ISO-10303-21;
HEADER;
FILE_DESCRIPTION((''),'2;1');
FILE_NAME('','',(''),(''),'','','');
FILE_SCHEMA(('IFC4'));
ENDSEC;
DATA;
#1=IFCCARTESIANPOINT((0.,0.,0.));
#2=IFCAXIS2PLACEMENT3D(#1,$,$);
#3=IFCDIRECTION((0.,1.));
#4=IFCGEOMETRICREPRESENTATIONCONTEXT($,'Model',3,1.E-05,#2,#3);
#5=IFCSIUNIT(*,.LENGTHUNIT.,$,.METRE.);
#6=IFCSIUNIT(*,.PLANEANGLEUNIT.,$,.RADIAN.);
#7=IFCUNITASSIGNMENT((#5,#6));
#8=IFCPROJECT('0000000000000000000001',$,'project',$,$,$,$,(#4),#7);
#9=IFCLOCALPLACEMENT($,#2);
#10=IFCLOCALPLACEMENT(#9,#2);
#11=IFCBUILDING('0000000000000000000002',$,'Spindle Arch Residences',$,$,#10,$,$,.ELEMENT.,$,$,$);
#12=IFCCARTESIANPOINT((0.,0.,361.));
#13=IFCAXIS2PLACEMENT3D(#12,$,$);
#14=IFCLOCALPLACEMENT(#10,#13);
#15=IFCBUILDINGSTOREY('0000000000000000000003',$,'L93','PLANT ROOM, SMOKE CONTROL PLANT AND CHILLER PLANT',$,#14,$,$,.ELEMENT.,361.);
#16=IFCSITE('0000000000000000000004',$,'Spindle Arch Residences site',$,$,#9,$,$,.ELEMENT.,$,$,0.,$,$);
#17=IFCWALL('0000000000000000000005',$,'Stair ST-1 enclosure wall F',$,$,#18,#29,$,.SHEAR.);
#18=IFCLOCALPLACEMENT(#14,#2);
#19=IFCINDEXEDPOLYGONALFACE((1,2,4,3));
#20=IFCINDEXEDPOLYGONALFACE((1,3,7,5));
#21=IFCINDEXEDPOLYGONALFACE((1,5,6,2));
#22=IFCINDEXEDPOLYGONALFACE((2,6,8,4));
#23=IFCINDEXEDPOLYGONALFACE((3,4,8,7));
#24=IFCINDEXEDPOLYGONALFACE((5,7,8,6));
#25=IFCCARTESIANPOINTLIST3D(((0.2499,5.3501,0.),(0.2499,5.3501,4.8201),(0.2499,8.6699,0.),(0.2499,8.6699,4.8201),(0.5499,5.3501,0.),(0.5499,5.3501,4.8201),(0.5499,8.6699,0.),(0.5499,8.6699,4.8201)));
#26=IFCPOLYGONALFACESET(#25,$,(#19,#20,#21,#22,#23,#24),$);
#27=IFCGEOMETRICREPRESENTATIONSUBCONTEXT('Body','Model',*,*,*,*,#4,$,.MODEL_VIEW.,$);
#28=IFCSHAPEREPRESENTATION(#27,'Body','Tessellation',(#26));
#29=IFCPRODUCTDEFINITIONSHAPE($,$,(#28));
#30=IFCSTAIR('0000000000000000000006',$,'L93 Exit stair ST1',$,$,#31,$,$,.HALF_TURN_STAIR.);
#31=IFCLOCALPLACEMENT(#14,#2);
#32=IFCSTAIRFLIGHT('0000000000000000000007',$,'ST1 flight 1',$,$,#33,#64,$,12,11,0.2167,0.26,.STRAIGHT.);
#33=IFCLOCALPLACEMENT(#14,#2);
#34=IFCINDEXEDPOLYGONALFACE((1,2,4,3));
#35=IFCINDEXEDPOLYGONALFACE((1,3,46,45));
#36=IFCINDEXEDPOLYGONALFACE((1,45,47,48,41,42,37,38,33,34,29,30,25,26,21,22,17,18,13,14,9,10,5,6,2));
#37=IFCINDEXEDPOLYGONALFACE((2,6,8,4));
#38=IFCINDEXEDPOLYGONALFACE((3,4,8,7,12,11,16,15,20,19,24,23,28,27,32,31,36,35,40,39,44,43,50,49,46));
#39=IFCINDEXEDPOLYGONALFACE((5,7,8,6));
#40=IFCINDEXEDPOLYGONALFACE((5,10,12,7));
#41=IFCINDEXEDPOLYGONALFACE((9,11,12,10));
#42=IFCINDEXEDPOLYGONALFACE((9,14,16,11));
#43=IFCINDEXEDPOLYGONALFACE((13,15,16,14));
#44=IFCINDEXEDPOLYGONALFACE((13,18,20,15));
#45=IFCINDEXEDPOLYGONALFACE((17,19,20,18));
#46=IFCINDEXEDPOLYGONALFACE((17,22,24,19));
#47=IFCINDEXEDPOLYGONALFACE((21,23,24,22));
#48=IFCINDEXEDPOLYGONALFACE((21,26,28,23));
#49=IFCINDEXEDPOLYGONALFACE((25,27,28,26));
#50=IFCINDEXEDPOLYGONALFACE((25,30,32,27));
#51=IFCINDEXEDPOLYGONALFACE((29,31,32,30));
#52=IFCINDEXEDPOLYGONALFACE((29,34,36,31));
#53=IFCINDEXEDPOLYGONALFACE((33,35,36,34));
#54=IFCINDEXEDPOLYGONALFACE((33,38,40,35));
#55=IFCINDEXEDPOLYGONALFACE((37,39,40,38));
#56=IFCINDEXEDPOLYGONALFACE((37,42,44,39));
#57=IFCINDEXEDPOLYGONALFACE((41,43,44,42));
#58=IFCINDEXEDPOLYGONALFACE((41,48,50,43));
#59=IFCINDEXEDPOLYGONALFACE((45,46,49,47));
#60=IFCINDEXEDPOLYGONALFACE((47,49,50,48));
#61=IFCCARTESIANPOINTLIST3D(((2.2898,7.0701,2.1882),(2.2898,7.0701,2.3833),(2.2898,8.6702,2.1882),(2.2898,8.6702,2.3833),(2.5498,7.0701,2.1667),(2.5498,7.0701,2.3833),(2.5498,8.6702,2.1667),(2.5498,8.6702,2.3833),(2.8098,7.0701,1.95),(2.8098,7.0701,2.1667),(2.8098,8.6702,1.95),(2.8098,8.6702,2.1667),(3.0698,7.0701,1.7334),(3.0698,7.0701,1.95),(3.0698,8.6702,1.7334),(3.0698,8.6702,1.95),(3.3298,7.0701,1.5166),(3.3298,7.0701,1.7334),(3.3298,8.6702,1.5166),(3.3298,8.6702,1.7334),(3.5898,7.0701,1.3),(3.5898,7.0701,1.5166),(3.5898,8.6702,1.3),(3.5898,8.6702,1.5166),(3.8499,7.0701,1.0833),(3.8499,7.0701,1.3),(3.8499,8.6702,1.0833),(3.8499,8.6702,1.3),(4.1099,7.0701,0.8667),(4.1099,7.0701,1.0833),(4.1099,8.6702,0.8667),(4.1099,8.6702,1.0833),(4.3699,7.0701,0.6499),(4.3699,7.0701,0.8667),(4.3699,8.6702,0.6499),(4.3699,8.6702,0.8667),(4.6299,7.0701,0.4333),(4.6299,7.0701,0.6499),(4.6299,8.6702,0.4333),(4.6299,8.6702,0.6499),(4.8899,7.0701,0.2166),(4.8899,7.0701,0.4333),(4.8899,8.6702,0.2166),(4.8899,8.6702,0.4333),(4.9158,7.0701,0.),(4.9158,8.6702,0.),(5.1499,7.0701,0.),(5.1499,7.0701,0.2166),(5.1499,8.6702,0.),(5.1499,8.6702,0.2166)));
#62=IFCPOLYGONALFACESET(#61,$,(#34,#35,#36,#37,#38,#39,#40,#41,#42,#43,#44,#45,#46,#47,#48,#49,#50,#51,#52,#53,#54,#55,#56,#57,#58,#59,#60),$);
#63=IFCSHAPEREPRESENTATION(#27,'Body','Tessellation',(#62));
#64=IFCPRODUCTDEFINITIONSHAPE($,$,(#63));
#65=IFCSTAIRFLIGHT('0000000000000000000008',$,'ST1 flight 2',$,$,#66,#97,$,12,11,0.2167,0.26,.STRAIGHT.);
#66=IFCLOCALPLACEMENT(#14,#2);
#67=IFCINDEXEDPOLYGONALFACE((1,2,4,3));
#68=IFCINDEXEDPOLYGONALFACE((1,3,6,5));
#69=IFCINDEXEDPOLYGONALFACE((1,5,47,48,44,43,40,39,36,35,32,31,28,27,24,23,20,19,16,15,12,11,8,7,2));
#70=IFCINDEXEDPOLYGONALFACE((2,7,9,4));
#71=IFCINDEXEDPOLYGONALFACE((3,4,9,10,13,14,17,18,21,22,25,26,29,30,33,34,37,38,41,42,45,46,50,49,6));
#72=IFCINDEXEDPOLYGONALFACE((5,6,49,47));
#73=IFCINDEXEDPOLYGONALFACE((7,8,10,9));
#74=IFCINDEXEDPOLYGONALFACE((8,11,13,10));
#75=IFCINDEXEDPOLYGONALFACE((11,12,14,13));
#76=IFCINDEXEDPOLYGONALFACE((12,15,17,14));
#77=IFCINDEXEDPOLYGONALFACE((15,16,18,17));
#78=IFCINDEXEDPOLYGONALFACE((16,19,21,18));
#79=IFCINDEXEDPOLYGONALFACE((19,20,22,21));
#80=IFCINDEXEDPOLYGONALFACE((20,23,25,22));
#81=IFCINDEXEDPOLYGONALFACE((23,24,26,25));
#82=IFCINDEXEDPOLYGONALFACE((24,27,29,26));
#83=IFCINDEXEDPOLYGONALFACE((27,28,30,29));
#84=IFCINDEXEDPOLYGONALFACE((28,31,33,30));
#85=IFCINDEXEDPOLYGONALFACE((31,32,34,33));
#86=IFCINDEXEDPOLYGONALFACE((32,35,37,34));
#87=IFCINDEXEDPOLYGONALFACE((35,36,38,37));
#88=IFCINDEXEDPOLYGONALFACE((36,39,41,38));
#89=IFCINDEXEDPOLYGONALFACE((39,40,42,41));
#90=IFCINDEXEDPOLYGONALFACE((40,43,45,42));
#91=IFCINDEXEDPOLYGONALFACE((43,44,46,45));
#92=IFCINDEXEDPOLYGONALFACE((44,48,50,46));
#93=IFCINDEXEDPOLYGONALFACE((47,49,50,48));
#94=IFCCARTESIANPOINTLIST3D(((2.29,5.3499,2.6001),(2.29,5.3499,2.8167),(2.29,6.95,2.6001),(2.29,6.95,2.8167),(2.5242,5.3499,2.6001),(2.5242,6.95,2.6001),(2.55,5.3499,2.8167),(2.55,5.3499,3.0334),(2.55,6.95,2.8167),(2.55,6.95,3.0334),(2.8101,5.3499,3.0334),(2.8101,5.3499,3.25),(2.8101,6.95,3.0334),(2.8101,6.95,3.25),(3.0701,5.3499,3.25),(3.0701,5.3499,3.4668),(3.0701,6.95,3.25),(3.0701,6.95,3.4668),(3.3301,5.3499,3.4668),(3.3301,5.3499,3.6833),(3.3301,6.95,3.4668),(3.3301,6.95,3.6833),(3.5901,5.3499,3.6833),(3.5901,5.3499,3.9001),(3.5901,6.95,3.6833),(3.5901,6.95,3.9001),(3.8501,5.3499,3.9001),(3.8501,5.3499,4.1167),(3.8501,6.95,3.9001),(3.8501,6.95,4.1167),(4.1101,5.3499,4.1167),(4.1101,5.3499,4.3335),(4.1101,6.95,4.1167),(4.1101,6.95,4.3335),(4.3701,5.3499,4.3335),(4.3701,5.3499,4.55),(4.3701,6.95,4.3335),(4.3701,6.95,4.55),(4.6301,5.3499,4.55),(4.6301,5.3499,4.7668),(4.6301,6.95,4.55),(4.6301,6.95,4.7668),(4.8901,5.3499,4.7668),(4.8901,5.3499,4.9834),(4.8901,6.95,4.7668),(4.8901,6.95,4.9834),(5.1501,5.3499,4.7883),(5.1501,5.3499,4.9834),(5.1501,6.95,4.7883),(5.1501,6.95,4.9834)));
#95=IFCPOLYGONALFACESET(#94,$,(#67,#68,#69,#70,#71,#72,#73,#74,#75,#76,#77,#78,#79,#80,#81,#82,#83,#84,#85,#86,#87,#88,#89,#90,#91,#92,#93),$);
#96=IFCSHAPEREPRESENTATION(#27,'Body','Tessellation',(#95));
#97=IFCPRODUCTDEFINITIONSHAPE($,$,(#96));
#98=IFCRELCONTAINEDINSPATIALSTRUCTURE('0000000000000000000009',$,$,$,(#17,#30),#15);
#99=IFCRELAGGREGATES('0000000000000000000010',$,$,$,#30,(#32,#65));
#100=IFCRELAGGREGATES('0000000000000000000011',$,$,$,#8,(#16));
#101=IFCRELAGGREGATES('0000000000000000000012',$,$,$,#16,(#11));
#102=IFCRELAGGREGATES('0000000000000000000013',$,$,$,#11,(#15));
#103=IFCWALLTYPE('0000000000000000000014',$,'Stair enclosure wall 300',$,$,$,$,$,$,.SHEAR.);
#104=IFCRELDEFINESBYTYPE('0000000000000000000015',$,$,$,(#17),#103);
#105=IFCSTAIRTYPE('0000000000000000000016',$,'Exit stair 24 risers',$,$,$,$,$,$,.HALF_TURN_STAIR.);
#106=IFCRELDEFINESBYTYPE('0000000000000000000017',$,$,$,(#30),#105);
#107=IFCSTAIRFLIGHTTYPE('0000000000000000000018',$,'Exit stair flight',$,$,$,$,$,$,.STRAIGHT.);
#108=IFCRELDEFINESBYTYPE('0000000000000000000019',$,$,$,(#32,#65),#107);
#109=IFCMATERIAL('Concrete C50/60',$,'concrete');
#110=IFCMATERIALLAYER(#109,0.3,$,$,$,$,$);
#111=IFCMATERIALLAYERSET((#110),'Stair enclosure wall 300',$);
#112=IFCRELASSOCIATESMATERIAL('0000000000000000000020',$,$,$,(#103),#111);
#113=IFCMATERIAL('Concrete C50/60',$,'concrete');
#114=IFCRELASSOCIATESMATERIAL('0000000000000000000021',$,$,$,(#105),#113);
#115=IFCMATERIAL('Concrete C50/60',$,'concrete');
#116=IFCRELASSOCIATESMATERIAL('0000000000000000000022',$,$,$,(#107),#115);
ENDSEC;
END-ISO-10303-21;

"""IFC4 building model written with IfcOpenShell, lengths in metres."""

from ifc_helpers import new_model, si_unit, direction, frame, frame_2d, origin, place, context, subcontext, project, spatial, polyline, rectangle, outline, extrude, material, layer, layer_set, type_object, element, aggregate, save


model = new_model("IFC4")

# Units and contexts
model_context = context("Model", 3, precision=1e-05, world=origin(), true_north=direction((0.0, 1.0)))
body_context = subcontext(model_context, "Body", "Model", "MODEL_VIEW")
ifc_project = project(units=[si_unit("LENGTHUNIT", "METRE"), si_unit("PLANEANGLEUNIT", "RADIAN")], contexts=[model_context])

# Site, building, storey
site_placement = place(None, origin())
site = spatial("IfcSite", under=ifc_project, at=site_placement, Name="Spindle Arch Residences site", CompositionType="ELEMENT", RefElevation=0.0)
building_placement = place(site_placement, origin())
building = spatial("IfcBuilding", under=site, at=building_placement, Name="Spindle Arch Residences", CompositionType="ELEMENT")
storey_placement = place(building_placement, frame((0.0, 0.0, 361.0)))
storey = spatial("IfcBuildingStorey", under=building, at=storey_placement, Name="L93", Description="PLANT ROOM, SMOKE CONTROL PLANT AND CHILLER PLANT", CompositionType="ELEMENT", Elevation=361.0)

# Wall
ifc_material_1 = material(Name="Concrete C50/60", Category="concrete")
ifc_layer_1 = layer(ifc_material_1, 0.3)
ifc_layer_set_1 = layer_set([ifc_layer_1], Name="Stair enclosure wall 300")
wall_type_1 = type_object("IfcWallType", Name="Stair enclosure wall 300", PredefinedType="SHEAR", material=ifc_layer_set_1)
wall_1_placement = place(storey_placement, frame((0.3999, 5.3501, 0.0), z_axis=(0.0, 0.0, 1.0), x_axis=(0.0, 1.0, 0.0)))
element("IfcWall", 1, at=wall_1_placement, inside=storey, type_object=wall_type_1, Name="Stair ST-1 enclosure wall F", PredefinedType="SHEAR", context=body_context, shape_type="SweptSolid", body=[
    extrude(rectangle(XDim=3.3198, YDim=0.3, at=frame_2d((1.6599, 0.0))), origin(), (0.0, 0.0, 1.0), 4.8201),
])

# Stair, stair flights
ifc_material_2 = material(Name="Concrete C50/60", Category="concrete")
stair_type = type_object("IfcStairType", Name="Exit stair 24 risers", PredefinedType="HALF_TURN_STAIR", material=ifc_material_2)
stair_placement = place(storey_placement, origin())
stair = element("IfcStair", 2, at=stair_placement, inside=storey, type_object=stair_type, Name="L93 Exit stair ST1", PredefinedType="HALF_TURN_STAIR")
ifc_material_3 = material(Name="Concrete C50/60", Category="concrete")
stair_flight_type = type_object("IfcStairFlightType", Name="Exit stair flight", PredefinedType="STRAIGHT", material=ifc_material_3)
stair_flight_1_placement = place(storey_placement, frame((5.1499, 7.8701, 0.0), z_axis=(0.0, 0.0, 1.0), x_axis=(-1.0, 0.0, 0.0)))
stair_flight_1 = element("IfcStairFlight", 3, at=stair_flight_1_placement, type_object=stair_flight_type, Name="ST1 flight 1", NumberOfRisers=12, NumberOfTreads=11, PredefinedType="STRAIGHT", RiserHeight=0.2167, TreadLength=0.26, context=body_context, shape_type="SweptSolid", body=[
    extrude(outline(polyline([(0.0, 0.0), (0.0, 0.2166), (0.26, 0.2166), (0.26, 0.4333), (0.52, 0.4333), (0.52, 0.6499), (0.78, 0.6499), (0.78, 0.8667), (1.04, 0.8667), (1.04, 1.0833), (1.3, 1.0833), (1.3, 1.3), (1.5601, 1.3), (1.5601, 1.5166), (1.8201, 1.5166), (1.8201, 1.7334), (2.0801, 1.7334), (2.0801, 1.95), (2.3401, 1.95), (2.3401, 2.1667), (2.6001, 2.1667), (2.6001, 2.3833), (2.8601, 2.3833), (2.8601, 2.6001), (2.8601, 2.1882), (0.2341, 0.0), (0.0, 0.0)])), frame((0.0, 0.8, 0.0), z_axis=(0.0, -1.0, 0.0), x_axis=(1.0, 0.0, 0.0)), (0.0, 0.0, 1.0), 1.6001),
])
stair_flight_2_placement = place(storey_placement, frame((2.29, 6.1499, 2.6001), z_axis=(0.0, 0.0, 1.0), x_axis=(1.0, 0.0, 0.0)))
stair_flight_2 = element("IfcStairFlight", 4, at=stair_flight_2_placement, type_object=stair_flight_type, Name="ST1 flight 2", NumberOfRisers=12, NumberOfTreads=11, PredefinedType="STRAIGHT", RiserHeight=0.2167, TreadLength=0.26, context=body_context, shape_type="SweptSolid", body=[
    extrude(outline(polyline([(0.0, 0.0), (0.0, 0.2166), (0.26, 0.2166), (0.26, 0.4333), (0.52, 0.4333), (0.52, 0.6499), (0.78, 0.6499), (0.78, 0.8667), (1.04, 0.8667), (1.04, 1.0833), (1.3, 1.0833), (1.3, 1.3), (1.5601, 1.3), (1.5601, 1.5166), (1.8201, 1.5166), (1.8201, 1.7334), (2.0801, 1.7334), (2.0801, 1.95), (2.3401, 1.95), (2.3401, 2.1667), (2.6001, 2.1667), (2.6001, 2.3833), (2.8601, 2.3833), (2.8601, 2.6001), (2.8601, 2.1882), (0.2341, 0.0), (0.0, 0.0)])), frame((0.0, 0.8, 0.0), z_axis=(0.0, -1.0, 0.0), x_axis=(1.0, 0.0, 0.0)), (0.0, 0.0, 1.0), 1.6001),
])
aggregate(stair, [stair_flight_1, stair_flight_2])

save(model, "model.ifc")
